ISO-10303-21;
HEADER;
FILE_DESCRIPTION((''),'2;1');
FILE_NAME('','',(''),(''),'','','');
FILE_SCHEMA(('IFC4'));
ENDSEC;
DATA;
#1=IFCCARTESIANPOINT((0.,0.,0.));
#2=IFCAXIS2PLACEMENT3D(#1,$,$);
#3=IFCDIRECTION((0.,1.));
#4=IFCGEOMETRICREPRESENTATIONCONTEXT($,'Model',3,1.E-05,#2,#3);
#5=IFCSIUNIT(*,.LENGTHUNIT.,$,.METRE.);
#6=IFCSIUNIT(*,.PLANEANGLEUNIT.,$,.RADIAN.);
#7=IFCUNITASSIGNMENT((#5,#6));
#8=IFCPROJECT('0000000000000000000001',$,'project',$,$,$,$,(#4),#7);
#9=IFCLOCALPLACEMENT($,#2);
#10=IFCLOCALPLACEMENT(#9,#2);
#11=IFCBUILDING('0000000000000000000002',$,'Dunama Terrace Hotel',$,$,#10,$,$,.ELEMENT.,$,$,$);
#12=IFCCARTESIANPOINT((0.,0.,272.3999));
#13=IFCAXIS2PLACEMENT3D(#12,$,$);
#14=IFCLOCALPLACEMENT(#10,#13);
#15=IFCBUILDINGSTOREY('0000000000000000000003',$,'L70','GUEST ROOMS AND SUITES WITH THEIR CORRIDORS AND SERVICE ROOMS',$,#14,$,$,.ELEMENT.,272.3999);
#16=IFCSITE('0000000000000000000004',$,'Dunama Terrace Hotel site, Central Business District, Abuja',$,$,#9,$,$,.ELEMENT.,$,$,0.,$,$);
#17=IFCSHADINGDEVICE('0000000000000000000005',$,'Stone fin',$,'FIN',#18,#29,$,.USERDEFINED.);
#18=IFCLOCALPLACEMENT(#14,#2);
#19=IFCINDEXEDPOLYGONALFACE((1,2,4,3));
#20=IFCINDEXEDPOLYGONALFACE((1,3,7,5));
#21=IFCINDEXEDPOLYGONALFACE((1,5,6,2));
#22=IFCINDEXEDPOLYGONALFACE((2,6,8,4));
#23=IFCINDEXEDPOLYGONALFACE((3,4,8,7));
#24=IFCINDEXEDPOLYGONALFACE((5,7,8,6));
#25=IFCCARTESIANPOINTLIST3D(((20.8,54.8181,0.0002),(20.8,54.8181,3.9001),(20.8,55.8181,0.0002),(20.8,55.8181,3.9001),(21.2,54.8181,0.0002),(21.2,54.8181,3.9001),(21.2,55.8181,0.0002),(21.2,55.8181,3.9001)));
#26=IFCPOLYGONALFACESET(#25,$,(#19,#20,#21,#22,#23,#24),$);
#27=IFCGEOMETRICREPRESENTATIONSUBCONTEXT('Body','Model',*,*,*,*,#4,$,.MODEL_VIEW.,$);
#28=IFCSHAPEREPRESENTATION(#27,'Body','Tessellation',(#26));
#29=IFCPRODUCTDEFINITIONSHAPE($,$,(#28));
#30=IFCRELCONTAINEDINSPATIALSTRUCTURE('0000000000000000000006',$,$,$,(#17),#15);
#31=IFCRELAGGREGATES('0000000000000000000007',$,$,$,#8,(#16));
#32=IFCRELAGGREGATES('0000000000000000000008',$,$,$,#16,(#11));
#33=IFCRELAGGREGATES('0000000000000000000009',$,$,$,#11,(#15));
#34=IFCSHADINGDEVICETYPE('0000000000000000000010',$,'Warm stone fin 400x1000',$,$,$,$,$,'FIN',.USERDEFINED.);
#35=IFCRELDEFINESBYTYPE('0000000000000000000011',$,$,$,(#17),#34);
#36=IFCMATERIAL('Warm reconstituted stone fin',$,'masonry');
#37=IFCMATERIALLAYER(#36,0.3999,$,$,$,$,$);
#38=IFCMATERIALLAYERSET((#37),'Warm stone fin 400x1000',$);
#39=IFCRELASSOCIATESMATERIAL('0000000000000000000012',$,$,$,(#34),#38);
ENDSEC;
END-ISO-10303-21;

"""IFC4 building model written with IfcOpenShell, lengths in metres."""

from ifc_helpers import new_model, si_unit, direction, frame, origin, origin_2d, place, context, subcontext, project, spatial, rectangle, extrude, material, layer, layer_set, type_object, element, save


model = new_model("IFC4")

# Units and contexts
model_context = context("Model", 3, precision=1e-05, world=origin(), true_north=direction((0.0, 1.0)))
body_context = subcontext(model_context, "Body", "Model", "MODEL_VIEW")
ifc_project = project(units=[si_unit("LENGTHUNIT", "METRE"), si_unit("PLANEANGLEUNIT", "RADIAN")], contexts=[model_context])

# Site, building, storey
site_placement = place(None, origin())
site = spatial("IfcSite", under=ifc_project, at=site_placement, Name="Dunama Terrace Hotel site, Central Business District, Abuja", CompositionType="ELEMENT", RefElevation=0.0)
building_placement = place(site_placement, origin())
building = spatial("IfcBuilding", under=site, at=building_placement, Name="Dunama Terrace Hotel", CompositionType="ELEMENT")
storey_placement = place(building_placement, frame((0.0, 0.0, 272.3999)))
storey = spatial("IfcBuildingStorey", under=building, at=storey_placement, Name="L70", Description="GUEST ROOMS AND SUITES WITH THEIR CORRIDORS AND SERVICE ROOMS", CompositionType="ELEMENT", Elevation=272.3999)

# Shading device
ifc_material_1 = material(Name="Warm reconstituted stone fin", Category="masonry")
ifc_layer_1 = layer(ifc_material_1, 0.3999)
ifc_layer_set_1 = layer_set([ifc_layer_1], Name="Warm stone fin 400x1000")
shading_device_type = type_object("IfcShadingDeviceType", Name="Warm stone fin 400x1000", ElementType="FIN", PredefinedType="USERDEFINED", material=ifc_layer_set_1)
shading_device_placement = place(storey_placement, frame((21.0, 55.3181, 0.0002), z_axis=(0.0, 0.0, 1.0), x_axis=(-1.0, 0.0, 0.0)))
element("IfcShadingDevice", 1, at=shading_device_placement, inside=storey, type_object=shading_device_type, Name="Stone fin", ObjectType="FIN", PredefinedType="USERDEFINED", context=body_context, shape_type="SweptSolid", body=[
    extrude(rectangle(XDim=0.3999, YDim=1.0, at=origin_2d()), origin(), (0.0, 0.0, 1.0), 3.8999),
])

save(model, "model.ifc")
